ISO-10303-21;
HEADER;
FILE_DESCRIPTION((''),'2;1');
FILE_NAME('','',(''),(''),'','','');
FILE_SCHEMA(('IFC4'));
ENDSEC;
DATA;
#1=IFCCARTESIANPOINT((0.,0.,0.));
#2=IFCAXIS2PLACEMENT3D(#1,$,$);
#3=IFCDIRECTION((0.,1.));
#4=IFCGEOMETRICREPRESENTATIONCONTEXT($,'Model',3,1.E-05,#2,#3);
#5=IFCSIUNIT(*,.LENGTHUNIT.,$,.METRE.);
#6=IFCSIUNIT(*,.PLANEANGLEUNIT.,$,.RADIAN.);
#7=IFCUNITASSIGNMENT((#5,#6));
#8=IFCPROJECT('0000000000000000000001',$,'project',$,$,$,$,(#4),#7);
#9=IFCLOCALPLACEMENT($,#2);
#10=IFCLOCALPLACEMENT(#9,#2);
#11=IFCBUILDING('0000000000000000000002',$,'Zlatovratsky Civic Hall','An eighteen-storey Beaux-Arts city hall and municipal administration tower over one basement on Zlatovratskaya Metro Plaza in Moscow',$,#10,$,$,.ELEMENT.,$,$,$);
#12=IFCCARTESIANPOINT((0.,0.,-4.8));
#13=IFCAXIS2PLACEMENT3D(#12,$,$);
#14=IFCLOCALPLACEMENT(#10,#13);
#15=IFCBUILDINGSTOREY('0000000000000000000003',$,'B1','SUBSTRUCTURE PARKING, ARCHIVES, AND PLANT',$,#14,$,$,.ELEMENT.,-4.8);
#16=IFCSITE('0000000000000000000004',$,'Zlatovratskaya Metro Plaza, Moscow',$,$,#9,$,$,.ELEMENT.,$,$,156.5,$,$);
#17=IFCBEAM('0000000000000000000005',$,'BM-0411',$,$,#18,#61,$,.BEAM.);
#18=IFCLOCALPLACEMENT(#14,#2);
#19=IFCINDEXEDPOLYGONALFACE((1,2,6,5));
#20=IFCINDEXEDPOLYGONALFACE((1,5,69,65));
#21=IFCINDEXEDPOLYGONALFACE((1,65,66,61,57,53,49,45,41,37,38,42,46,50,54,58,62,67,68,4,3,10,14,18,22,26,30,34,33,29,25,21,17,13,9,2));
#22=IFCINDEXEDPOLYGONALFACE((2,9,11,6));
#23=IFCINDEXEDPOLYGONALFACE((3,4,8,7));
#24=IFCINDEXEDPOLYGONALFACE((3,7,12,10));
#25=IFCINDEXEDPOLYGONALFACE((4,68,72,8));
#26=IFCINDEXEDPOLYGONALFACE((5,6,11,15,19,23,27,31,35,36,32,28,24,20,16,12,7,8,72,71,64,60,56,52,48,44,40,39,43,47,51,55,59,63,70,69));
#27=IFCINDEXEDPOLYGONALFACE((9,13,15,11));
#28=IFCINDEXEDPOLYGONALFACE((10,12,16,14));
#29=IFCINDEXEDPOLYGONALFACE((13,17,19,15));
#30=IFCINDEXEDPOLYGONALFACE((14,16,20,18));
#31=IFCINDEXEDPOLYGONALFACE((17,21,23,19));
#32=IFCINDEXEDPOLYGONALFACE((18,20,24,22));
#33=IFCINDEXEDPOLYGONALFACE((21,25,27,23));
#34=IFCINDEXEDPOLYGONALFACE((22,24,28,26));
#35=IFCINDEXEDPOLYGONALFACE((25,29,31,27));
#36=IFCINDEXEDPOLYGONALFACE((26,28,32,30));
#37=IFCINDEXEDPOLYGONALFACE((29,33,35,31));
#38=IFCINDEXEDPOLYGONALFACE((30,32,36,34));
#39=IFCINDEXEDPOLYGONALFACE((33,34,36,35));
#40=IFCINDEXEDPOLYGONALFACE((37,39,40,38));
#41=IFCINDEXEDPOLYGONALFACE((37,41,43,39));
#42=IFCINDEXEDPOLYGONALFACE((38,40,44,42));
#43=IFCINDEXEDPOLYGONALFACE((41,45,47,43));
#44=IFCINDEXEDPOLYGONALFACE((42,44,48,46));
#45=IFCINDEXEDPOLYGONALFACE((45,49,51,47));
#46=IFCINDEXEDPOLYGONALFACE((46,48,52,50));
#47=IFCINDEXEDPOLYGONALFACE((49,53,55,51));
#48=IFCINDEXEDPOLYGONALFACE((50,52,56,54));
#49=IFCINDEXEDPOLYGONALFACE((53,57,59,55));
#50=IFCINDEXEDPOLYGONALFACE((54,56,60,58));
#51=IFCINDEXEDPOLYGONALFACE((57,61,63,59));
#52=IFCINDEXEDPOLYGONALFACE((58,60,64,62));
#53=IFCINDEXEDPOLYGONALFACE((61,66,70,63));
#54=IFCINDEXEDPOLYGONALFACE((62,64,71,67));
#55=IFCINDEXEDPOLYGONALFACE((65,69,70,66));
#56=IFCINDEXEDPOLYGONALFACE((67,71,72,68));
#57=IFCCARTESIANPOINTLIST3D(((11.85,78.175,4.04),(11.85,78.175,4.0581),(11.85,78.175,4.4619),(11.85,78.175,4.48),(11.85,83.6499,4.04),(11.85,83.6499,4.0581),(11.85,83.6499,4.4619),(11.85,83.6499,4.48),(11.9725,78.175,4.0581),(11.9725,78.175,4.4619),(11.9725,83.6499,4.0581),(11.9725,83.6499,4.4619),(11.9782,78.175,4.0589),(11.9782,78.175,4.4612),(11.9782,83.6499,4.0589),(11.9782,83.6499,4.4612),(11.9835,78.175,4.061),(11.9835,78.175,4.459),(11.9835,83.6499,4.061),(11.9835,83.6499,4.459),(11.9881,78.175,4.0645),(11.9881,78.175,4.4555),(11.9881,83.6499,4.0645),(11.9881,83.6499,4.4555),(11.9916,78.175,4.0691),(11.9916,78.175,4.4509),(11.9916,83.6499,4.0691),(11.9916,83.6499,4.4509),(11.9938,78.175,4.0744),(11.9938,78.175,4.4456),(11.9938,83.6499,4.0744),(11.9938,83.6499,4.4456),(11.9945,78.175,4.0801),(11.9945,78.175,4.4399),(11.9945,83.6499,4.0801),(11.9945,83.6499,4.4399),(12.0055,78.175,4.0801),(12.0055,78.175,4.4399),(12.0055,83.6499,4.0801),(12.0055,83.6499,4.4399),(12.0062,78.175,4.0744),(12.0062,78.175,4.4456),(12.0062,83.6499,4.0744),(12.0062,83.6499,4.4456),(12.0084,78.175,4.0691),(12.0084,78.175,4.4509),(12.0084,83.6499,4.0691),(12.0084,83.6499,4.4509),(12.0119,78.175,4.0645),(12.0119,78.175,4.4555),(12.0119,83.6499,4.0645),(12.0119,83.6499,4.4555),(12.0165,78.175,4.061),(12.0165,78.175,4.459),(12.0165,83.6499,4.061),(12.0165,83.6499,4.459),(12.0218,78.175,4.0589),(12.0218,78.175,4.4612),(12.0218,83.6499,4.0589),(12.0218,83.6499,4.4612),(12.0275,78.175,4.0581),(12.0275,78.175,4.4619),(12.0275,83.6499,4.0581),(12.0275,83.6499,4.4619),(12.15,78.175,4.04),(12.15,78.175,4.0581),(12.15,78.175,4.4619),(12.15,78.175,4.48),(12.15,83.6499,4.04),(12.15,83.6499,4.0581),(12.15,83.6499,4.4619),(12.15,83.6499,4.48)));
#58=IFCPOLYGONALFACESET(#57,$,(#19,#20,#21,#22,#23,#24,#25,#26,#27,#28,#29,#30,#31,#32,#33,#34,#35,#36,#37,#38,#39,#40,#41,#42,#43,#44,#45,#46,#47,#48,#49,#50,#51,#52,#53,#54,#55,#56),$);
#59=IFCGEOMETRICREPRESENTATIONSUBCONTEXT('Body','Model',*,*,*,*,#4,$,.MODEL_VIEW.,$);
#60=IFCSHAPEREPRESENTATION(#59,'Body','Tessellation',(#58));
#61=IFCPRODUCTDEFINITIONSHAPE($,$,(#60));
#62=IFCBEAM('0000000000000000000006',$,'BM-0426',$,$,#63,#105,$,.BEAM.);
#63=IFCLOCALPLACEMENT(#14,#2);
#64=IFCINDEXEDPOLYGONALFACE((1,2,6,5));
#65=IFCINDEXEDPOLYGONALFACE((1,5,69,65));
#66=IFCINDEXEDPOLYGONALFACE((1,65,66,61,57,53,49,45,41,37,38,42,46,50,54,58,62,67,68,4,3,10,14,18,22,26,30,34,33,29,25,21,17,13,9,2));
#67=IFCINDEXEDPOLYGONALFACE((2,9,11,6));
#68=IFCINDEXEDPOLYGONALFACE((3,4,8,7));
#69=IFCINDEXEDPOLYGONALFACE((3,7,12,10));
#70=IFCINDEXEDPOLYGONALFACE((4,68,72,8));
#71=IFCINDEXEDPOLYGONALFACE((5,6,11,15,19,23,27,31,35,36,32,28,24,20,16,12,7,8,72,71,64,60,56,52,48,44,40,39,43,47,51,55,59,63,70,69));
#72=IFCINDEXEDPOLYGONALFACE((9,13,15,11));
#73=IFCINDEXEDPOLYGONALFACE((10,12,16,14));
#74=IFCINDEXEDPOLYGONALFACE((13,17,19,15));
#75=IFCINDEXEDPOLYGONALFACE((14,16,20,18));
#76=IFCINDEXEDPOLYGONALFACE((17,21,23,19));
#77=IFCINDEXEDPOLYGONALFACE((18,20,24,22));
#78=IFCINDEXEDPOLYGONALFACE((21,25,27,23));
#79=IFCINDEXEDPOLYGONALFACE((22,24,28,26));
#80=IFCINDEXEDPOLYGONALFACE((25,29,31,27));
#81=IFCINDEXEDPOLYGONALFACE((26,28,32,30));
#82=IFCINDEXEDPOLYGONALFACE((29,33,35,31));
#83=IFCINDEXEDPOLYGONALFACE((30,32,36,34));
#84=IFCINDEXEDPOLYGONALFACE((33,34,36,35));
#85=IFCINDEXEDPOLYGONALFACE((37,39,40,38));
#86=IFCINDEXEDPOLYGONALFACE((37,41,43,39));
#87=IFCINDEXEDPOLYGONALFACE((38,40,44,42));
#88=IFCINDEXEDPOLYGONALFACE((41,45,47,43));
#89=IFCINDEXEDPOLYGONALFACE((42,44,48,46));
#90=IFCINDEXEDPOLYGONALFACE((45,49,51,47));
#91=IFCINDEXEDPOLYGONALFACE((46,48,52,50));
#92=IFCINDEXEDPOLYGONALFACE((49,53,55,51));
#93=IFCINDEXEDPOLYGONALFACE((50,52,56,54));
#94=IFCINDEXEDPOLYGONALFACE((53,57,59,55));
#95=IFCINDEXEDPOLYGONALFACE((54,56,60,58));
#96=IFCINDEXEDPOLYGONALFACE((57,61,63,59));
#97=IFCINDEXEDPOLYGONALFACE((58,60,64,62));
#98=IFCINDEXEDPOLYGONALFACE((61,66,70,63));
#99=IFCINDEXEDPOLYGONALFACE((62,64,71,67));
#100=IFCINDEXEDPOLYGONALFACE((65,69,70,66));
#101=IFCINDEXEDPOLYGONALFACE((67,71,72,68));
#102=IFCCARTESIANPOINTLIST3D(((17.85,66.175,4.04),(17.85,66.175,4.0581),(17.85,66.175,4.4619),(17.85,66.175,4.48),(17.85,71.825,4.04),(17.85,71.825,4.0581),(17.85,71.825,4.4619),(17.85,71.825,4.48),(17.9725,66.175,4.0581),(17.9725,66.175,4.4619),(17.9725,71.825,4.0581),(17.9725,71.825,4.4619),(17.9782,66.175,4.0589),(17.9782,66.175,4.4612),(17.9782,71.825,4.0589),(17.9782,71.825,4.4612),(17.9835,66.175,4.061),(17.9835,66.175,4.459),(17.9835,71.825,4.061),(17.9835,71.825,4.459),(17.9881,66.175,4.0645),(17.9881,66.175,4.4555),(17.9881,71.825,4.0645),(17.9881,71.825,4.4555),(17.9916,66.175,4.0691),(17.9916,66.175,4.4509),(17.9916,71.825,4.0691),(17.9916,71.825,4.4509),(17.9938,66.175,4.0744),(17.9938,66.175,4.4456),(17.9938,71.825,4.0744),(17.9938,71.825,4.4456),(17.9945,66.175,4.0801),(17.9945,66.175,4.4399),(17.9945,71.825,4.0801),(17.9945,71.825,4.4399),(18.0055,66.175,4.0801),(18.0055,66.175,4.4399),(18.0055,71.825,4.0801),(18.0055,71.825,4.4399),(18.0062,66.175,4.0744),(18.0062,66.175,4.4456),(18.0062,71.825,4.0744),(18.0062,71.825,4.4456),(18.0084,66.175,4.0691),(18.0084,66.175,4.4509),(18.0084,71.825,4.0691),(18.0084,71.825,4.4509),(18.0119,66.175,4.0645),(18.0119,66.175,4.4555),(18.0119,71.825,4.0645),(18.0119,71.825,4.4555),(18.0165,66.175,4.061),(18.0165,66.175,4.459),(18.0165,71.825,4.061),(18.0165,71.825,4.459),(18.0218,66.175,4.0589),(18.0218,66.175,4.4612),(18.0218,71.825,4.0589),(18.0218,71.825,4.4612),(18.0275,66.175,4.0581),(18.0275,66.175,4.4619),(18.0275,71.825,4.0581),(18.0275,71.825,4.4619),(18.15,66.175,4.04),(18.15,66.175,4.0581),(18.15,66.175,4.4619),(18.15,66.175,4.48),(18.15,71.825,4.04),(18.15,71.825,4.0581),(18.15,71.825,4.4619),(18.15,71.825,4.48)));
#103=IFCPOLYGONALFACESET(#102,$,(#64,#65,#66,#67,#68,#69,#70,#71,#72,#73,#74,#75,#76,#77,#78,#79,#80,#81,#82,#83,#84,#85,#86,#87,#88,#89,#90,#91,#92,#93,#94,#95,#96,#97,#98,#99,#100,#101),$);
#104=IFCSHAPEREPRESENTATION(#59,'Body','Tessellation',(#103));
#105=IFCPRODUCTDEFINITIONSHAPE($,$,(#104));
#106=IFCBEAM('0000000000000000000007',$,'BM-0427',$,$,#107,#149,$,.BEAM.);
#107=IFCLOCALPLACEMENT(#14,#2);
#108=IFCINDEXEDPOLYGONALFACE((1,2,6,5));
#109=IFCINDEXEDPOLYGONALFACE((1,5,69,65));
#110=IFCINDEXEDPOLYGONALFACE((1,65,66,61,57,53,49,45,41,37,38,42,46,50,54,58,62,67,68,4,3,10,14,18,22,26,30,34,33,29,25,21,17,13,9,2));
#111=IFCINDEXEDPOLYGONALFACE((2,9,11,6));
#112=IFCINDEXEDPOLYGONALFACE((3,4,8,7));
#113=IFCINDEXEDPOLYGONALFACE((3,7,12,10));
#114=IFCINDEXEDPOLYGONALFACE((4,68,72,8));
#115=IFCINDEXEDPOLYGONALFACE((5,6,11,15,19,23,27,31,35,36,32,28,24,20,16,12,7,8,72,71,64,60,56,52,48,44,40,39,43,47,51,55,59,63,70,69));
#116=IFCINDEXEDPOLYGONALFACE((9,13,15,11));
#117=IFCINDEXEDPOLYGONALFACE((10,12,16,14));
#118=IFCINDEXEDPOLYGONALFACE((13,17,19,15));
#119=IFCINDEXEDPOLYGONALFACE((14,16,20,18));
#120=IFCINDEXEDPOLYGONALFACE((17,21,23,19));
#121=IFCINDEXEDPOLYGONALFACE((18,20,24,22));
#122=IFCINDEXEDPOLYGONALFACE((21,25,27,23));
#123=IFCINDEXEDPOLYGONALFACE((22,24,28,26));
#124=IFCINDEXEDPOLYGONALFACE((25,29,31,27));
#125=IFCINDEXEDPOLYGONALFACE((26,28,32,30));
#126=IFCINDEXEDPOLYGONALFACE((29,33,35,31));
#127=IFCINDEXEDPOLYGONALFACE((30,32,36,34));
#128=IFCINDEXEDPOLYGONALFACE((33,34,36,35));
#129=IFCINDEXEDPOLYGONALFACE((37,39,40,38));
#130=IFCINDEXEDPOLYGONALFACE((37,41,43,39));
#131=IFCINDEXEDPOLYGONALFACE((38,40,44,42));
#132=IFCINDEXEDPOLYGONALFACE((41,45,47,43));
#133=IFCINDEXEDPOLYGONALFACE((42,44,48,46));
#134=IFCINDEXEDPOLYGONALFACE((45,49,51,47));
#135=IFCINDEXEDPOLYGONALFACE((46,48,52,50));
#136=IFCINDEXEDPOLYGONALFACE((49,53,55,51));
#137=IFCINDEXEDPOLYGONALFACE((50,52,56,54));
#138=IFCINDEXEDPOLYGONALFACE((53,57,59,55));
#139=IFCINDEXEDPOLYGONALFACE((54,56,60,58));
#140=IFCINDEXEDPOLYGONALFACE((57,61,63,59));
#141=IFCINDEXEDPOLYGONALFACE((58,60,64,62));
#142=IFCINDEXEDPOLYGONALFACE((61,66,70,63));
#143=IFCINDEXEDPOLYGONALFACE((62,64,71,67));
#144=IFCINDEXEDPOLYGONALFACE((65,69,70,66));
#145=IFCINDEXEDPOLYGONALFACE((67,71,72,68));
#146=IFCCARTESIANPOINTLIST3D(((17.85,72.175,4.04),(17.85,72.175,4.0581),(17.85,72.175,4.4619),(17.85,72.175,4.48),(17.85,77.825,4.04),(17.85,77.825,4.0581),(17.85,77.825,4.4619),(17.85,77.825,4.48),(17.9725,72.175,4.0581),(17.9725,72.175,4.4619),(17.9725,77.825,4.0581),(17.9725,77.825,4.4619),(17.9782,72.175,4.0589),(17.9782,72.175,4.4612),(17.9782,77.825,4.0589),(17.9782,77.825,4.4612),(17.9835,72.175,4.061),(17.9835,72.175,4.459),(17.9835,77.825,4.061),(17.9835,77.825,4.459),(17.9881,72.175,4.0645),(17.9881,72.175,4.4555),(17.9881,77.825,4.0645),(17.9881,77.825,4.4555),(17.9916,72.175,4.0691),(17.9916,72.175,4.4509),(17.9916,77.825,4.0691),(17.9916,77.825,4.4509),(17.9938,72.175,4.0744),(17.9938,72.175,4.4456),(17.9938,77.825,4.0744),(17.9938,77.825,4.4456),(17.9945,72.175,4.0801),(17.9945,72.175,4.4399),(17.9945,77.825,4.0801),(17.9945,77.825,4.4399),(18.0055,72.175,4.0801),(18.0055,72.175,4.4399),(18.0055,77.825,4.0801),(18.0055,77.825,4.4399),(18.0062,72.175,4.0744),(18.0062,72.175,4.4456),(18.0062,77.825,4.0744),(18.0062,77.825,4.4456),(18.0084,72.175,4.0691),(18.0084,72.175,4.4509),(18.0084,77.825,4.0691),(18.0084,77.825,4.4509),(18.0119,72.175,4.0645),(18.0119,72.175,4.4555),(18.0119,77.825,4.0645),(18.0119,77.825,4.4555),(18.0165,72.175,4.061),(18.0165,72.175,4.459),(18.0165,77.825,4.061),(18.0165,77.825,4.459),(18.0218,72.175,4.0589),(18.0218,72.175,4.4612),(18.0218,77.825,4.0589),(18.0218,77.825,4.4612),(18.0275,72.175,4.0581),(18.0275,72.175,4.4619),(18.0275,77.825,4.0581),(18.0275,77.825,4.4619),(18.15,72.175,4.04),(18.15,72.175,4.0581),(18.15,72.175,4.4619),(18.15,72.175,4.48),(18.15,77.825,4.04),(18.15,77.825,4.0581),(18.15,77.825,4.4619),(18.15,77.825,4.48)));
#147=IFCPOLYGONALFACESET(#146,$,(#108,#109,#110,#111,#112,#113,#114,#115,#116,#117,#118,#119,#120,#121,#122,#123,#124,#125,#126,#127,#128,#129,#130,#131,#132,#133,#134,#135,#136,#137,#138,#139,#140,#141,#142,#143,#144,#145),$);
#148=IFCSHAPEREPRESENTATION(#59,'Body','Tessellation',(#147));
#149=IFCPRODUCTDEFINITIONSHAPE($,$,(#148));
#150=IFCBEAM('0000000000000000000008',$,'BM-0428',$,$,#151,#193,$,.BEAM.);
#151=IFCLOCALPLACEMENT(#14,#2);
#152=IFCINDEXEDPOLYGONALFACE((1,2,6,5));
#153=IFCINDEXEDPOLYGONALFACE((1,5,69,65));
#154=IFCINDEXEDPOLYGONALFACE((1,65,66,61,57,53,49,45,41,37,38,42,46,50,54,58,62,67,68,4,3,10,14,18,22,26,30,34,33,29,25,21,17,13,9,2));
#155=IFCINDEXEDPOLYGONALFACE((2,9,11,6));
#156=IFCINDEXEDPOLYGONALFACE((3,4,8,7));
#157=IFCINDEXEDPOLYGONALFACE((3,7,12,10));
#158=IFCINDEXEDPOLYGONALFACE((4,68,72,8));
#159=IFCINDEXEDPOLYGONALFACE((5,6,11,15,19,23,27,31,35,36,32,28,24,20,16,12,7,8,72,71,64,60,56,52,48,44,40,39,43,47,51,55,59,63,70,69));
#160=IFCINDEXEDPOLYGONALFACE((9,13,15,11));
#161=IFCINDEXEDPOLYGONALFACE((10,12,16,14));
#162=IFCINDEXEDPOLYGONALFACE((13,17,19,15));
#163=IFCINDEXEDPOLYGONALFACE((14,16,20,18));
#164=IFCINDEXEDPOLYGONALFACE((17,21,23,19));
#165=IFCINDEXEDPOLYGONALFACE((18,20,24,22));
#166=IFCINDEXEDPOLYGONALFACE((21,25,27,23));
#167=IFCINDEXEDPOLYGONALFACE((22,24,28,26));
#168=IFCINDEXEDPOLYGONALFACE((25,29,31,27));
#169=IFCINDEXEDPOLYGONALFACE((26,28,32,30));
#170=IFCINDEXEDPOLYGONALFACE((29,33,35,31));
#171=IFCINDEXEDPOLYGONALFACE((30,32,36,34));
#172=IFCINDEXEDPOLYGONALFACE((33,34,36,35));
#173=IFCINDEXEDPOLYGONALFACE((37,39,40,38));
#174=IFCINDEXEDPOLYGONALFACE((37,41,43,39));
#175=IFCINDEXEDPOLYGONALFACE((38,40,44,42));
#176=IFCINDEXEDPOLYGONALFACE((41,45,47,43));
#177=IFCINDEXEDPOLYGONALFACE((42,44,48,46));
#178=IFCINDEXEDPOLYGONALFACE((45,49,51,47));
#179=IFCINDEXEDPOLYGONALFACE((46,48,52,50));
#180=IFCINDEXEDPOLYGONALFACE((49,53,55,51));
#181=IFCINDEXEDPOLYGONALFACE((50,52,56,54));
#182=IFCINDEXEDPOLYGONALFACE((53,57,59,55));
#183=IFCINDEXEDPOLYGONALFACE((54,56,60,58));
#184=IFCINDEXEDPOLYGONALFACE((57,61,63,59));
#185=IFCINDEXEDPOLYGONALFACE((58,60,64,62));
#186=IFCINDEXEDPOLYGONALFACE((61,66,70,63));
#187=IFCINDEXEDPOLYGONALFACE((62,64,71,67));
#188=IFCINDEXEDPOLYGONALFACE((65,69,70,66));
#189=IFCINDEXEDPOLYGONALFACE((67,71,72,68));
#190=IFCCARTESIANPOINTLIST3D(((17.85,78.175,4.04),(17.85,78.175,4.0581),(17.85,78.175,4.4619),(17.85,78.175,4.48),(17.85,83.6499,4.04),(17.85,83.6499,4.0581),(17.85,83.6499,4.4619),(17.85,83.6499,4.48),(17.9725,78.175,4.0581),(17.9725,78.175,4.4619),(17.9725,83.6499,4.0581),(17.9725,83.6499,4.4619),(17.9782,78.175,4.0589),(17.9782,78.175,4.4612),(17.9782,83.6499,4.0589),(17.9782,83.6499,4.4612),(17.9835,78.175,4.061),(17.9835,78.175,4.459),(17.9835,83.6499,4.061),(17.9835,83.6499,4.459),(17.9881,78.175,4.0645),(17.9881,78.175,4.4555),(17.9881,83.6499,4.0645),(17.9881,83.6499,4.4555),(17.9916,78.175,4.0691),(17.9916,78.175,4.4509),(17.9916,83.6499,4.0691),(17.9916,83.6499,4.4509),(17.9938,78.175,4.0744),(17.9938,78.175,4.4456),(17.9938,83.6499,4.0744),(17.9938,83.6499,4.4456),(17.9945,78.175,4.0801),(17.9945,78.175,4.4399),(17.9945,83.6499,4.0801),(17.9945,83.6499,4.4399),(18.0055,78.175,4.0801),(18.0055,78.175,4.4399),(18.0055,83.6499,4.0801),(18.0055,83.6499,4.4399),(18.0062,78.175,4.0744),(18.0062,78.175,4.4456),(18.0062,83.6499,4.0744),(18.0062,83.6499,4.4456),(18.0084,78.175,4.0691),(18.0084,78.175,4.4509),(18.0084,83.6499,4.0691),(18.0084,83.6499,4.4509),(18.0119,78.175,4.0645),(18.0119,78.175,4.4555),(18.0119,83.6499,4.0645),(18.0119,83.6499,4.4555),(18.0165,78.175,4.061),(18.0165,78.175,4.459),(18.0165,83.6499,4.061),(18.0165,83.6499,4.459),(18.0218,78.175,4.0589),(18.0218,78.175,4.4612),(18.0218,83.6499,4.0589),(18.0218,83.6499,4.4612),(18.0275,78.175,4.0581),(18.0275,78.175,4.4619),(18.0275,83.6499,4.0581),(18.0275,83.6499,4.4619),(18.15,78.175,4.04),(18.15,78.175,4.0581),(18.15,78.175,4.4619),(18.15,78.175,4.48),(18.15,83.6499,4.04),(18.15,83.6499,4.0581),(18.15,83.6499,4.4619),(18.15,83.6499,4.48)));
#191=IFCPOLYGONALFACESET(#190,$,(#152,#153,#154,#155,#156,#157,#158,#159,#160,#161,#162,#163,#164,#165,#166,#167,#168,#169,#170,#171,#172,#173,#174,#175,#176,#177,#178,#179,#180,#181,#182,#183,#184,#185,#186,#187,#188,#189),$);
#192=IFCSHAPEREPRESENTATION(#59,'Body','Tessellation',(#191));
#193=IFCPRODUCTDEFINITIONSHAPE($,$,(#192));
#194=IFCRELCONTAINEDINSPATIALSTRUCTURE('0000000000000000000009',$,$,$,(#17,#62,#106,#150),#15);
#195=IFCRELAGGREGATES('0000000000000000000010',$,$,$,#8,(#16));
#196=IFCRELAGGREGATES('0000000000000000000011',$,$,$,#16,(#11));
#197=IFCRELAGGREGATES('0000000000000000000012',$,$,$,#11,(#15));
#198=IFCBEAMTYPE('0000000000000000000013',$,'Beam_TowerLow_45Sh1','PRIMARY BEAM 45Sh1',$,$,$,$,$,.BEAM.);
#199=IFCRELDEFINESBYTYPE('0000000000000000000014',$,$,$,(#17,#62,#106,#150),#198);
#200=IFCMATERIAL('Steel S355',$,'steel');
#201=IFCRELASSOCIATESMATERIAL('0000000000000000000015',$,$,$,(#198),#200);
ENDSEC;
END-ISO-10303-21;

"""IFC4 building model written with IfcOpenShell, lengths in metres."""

from ifc_helpers import new_model, si_unit, direction, frame, origin, origin_2d, place, context, subcontext, project, spatial, i_section, extrude, material, material_profile, profile_set, type_object, element, save


model = new_model("IFC4")

# Units and contexts
model_context = context("Model", 3, precision=1e-05, world=origin(), true_north=direction((0.0, 1.0)))
body_context = subcontext(model_context, "Body", "Model", "MODEL_VIEW")
ifc_project = project(units=[si_unit("LENGTHUNIT", "METRE"), si_unit("PLANEANGLEUNIT", "RADIAN")], contexts=[model_context])

# Site, building, storey
site_placement = place(None, origin())
site = spatial("IfcSite", under=ifc_project, at=site_placement, Name="Zlatovratskaya Metro Plaza, Moscow", CompositionType="ELEMENT", RefElevation=156.5)
building_placement = place(site_placement, origin())
building = spatial("IfcBuilding", under=site, at=building_placement, Name="Zlatovratsky Civic Hall", Description="An eighteen-storey Beaux-Arts city hall and municipal administration tower over one basement on Zlatovratskaya Metro Plaza in Moscow", CompositionType="ELEMENT")
storey_placement = place(building_placement, frame((0.0, 0.0, -4.8)))
storey = spatial("IfcBuildingStorey", under=building, at=storey_placement, Name="B1", Description="SUBSTRUCTURE PARKING, ARCHIVES, AND PLANT", CompositionType="ELEMENT", Elevation=-4.8)

# Shared definitions
ifc_material_1 = material(Name="Steel S355", Category="steel")

# Beams
ifc_material_profile_1 = material_profile(ifc_material_1, i_section(OverallWidth=0.3, OverallDepth=0.4399, WebThickness=0.011, FlangeThickness=0.0181, FilletRadius=0.022, at=origin_2d()), Name="45Sh1")
ifc_profile_set_1 = profile_set([ifc_material_profile_1], Name="Steel S355")
beam_type = type_object("IfcBeamType", Name="Beam_TowerLow_45Sh1", Description="PRIMARY BEAM 45Sh1", PredefinedType="BEAM", material=ifc_profile_set_1)
beam_1_placement = place(storey_placement, frame((12.0, 78.175, 4.26), z_axis=(0.0, 1.0, 0.0), x_axis=(-1.0, 0.0, 0.0)))
element("IfcBeam", 1, at=beam_1_placement, inside=storey, type_object=beam_type, Name="BM-0411", PredefinedType="BEAM", context=body_context, shape_type="SweptSolid", body=[
    extrude(i_section(OverallWidth=0.3, OverallDepth=0.4399, WebThickness=0.011, FlangeThickness=0.0181, FilletRadius=0.022, at=origin_2d()), origin(), (0.0, 0.0, 1.0), 5.4749),
])
for number, where, z_axis, x_axis, name in (
    (2, (18.0, 66.175, 4.26), (0.0, 1.0, 0.0), (-1.0, 0.0, 0.0), "BM-0426"),
    (3, (18.0, 72.175, 4.26), (0.0, 1.0, 0.0), (-1.0, 0.0, 0.0), "BM-0427"),
):
    element("IfcBeam", number, at=place(storey_placement, frame(where, z_axis=z_axis, x_axis=x_axis)), inside=storey, type_object=beam_type, Name=name, PredefinedType="BEAM", context=body_context, shape_type="SweptSolid", body=[
        extrude(i_section(OverallWidth=0.3, OverallDepth=0.4399, WebThickness=0.011, FlangeThickness=0.0181, FilletRadius=0.022, at=origin_2d()), origin(), (0.0, 0.0, 1.0), 5.6499),
    ])
beam_2_placement = place(storey_placement, frame((18.0, 78.175, 4.26), z_axis=(0.0, 1.0, 0.0), x_axis=(-1.0, 0.0, 0.0)))
element("IfcBeam", 4, at=beam_2_placement, inside=storey, type_object=beam_type, Name="BM-0428", PredefinedType="BEAM", context=body_context, shape_type="SweptSolid", body=[
    extrude(i_section(OverallWidth=0.3, OverallDepth=0.4399, WebThickness=0.011, FlangeThickness=0.0181, FilletRadius=0.022, at=origin_2d()), origin(), (0.0, 0.0, 1.0), 5.4749),
])

save(model, "model.ifc")
